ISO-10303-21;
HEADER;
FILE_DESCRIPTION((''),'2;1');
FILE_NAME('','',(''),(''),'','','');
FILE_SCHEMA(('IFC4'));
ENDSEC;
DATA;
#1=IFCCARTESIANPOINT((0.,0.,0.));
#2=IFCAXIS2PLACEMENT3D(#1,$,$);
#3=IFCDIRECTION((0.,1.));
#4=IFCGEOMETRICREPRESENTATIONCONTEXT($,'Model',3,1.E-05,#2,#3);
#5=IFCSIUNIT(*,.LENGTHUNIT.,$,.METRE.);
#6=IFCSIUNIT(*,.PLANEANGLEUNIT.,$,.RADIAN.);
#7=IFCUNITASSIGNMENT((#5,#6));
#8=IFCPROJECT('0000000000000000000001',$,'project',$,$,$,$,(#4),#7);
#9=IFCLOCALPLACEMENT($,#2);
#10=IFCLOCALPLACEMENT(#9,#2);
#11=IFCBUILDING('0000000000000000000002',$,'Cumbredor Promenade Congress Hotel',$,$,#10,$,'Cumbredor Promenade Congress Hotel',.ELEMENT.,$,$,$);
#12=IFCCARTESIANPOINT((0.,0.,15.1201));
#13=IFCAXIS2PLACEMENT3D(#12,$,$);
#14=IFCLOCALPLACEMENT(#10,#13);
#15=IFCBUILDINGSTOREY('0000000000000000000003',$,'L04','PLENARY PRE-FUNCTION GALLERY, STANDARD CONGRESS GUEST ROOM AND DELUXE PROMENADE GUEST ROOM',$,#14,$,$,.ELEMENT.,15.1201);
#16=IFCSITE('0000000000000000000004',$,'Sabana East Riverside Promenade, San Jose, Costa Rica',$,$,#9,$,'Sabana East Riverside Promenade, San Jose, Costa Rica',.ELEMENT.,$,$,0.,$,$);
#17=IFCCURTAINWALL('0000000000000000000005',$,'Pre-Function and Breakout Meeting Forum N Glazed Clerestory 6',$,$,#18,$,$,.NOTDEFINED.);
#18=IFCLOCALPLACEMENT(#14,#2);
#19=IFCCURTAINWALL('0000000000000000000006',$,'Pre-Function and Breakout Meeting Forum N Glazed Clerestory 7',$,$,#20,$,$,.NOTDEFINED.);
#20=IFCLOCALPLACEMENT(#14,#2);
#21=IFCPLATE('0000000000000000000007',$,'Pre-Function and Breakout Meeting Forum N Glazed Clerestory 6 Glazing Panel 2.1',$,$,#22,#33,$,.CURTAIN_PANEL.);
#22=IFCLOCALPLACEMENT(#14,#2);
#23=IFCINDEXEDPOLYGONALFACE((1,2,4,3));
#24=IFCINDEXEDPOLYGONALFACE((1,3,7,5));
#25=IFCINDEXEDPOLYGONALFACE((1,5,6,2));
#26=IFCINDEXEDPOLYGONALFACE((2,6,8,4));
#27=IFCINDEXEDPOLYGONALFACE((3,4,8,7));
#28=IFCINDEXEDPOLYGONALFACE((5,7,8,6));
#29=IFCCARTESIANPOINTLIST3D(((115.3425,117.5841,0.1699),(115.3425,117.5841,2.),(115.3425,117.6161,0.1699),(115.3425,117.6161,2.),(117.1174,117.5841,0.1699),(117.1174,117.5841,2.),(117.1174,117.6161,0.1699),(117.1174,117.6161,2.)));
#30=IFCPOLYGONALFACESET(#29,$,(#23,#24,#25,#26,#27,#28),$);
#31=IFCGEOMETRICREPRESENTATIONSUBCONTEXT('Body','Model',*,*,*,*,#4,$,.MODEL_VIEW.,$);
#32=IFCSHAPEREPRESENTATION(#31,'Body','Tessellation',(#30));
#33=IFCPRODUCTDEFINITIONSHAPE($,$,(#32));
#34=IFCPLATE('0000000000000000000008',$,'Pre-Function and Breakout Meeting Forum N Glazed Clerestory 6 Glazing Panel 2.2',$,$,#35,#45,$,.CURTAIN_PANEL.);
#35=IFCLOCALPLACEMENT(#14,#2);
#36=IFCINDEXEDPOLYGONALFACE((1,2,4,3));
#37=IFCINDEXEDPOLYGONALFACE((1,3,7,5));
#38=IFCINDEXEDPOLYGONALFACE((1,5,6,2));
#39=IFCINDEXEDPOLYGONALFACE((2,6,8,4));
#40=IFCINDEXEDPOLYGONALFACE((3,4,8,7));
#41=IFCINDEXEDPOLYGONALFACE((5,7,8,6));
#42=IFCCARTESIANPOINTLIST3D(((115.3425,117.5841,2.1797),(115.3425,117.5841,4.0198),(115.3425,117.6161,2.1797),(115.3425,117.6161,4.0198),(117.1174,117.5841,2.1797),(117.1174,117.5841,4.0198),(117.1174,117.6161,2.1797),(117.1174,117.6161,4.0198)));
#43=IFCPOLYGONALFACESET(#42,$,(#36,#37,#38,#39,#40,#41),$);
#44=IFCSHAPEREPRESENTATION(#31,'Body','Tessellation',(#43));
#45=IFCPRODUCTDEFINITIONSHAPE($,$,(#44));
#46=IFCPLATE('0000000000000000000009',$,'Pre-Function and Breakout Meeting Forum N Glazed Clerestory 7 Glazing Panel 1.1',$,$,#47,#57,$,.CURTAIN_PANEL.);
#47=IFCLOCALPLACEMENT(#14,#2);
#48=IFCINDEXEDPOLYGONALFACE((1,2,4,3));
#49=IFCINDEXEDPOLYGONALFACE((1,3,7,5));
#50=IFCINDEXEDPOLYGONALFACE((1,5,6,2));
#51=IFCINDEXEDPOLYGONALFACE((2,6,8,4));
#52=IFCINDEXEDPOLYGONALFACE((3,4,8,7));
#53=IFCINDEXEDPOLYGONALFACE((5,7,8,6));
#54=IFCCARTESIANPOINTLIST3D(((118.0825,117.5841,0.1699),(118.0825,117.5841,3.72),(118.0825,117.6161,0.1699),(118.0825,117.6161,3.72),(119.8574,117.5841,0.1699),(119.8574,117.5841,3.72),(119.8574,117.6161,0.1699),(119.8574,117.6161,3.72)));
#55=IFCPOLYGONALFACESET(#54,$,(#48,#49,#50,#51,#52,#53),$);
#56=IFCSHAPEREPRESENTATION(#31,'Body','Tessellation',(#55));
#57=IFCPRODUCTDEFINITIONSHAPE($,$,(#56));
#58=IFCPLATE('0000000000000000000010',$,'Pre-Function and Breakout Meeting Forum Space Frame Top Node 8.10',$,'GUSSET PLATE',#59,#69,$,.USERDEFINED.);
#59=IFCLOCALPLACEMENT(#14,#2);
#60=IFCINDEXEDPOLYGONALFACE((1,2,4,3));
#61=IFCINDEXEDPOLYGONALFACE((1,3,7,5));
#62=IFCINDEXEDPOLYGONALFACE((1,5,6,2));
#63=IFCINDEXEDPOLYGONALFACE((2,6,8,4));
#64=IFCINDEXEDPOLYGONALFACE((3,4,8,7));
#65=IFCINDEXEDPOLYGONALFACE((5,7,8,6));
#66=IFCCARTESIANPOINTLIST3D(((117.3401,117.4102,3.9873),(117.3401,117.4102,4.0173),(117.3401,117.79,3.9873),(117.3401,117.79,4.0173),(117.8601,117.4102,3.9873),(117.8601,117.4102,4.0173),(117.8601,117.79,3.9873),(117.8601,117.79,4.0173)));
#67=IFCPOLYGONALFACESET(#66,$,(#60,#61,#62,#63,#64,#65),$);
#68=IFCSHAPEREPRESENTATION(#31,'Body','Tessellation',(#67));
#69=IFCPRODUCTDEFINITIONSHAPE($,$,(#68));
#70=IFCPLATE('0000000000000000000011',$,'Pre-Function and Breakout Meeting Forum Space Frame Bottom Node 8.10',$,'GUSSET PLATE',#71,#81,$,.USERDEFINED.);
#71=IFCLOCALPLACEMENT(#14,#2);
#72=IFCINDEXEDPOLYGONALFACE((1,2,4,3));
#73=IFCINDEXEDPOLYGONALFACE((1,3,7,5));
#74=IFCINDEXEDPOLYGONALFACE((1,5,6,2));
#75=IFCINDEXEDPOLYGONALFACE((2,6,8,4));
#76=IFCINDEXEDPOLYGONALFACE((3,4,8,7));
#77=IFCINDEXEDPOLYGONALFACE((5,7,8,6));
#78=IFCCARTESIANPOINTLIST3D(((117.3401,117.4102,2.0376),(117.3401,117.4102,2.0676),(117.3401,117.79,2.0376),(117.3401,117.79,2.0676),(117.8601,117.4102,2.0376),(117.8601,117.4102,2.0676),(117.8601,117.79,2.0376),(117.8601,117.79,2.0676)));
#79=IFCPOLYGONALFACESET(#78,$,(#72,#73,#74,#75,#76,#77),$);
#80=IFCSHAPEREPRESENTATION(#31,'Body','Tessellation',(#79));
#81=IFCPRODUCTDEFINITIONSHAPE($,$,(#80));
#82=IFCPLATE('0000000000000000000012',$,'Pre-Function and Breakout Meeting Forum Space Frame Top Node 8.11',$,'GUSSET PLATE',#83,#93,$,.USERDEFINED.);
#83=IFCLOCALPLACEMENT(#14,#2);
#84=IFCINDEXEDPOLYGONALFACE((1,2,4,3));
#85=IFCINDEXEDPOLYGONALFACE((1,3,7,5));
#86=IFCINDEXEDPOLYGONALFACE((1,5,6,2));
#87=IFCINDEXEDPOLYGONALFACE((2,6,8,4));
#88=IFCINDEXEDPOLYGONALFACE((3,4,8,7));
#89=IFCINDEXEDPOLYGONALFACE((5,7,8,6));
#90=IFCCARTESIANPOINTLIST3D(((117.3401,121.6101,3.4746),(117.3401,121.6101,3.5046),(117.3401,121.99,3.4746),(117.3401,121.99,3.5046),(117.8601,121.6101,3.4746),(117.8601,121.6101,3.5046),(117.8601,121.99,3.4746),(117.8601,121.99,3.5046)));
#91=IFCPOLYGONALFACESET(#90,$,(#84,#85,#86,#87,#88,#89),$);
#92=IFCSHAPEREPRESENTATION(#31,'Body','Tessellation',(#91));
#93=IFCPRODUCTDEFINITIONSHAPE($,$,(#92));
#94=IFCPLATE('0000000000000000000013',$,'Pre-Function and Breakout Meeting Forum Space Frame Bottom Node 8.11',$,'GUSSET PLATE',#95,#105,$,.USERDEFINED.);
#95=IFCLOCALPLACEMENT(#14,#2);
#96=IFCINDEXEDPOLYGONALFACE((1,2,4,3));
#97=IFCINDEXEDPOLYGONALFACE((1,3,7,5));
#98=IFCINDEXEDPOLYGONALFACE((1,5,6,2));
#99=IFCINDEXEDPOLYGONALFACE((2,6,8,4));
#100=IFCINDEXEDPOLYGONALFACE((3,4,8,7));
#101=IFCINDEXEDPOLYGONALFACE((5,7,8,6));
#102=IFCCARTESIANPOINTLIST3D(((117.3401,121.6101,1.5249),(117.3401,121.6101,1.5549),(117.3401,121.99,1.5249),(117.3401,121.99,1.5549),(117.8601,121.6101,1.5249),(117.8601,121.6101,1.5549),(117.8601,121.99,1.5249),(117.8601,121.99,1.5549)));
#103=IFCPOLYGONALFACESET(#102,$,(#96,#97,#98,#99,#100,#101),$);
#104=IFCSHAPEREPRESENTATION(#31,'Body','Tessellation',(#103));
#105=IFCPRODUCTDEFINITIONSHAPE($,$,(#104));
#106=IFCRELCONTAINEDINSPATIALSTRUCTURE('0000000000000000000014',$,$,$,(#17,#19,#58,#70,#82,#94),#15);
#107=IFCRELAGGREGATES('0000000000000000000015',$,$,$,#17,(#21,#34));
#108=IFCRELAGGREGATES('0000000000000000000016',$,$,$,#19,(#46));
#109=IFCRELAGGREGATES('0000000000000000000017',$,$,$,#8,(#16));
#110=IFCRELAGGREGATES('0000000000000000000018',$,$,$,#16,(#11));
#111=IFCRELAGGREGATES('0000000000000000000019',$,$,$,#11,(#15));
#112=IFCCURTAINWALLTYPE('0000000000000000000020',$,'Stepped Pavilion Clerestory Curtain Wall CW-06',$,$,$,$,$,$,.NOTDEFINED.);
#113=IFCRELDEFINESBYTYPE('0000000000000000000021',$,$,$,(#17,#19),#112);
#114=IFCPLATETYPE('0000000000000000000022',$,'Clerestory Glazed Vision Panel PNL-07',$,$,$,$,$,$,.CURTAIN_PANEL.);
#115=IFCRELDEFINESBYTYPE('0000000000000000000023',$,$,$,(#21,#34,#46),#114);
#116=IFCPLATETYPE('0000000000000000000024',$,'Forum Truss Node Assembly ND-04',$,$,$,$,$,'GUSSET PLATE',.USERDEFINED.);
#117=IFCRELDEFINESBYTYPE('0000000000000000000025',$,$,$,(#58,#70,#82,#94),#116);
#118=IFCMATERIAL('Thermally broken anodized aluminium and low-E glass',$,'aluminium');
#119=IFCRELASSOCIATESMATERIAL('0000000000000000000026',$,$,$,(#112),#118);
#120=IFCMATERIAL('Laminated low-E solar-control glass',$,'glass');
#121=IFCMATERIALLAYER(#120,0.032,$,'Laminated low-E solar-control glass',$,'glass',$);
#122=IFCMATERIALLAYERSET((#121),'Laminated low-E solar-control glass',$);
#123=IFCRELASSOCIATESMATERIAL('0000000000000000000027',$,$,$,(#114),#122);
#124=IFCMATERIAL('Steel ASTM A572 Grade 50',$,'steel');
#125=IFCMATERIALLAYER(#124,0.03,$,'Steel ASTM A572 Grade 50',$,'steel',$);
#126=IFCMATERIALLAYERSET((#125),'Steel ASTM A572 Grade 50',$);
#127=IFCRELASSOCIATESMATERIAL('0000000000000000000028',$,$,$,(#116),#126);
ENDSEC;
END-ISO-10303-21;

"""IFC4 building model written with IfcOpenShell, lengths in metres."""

from ifc_helpers import new_model, si_unit, direction, frame, origin, origin_2d, place, context, subcontext, project, spatial, rectangle, extrude, material, layer, layer_set, type_object, element, aggregate, save


model = new_model("IFC4")

# Units and contexts
model_context = context("Model", 3, precision=1e-05, world=origin(), true_north=direction((0.0, 1.0)))
body_context = subcontext(model_context, "Body", "Model", "MODEL_VIEW")
ifc_project = project(units=[si_unit("LENGTHUNIT", "METRE"), si_unit("PLANEANGLEUNIT", "RADIAN")], contexts=[model_context])

# Site, building, storey
site_placement = place(None, origin())
site = spatial("IfcSite", under=ifc_project, at=site_placement, Name="Sabana East Riverside Promenade, San Jose, Costa Rica", LongName="Sabana East Riverside Promenade, San Jose, Costa Rica", CompositionType="ELEMENT", RefElevation=0.0)
building_placement = place(site_placement, origin())
building = spatial("IfcBuilding", under=site, at=building_placement, Name="Cumbredor Promenade Congress Hotel", LongName="Cumbredor Promenade Congress Hotel", CompositionType="ELEMENT")
storey_placement = place(building_placement, frame((0.0, 0.0, 15.1201)))
storey = spatial("IfcBuildingStorey", under=building, at=storey_placement, Name="L04", Description="PLENARY PRE-FUNCTION GALLERY, STANDARD CONGRESS GUEST ROOM AND DELUXE PROMENADE GUEST ROOM", CompositionType="ELEMENT", Elevation=15.1201)

# Curtain wall
ifc_material_1 = material(Name="Thermally broken anodized aluminium and low-E glass", Category="aluminium")
curtain_wall_type = type_object("IfcCurtainWallType", Name="Stepped Pavilion Clerestory Curtain Wall CW-06", PredefinedType="NOTDEFINED", material=ifc_material_1)
curtain_wall_1_placement = place(storey_placement, origin())
curtain_wall_1 = element("IfcCurtainWall", 1, at=curtain_wall_1_placement, inside=storey, type_object=curtain_wall_type, Name="Pre-Function and Breakout Meeting Forum N Glazed Clerestory 6", PredefinedType="NOTDEFINED")

# Curtain wall
curtain_wall_2_placement = place(storey_placement, origin())
curtain_wall_2 = element("IfcCurtainWall", 2, at=curtain_wall_2_placement, inside=storey, type_object=curtain_wall_type, Name="Pre-Function and Breakout Meeting Forum N Glazed Clerestory 7", PredefinedType="NOTDEFINED")

# Plates
ifc_material_2 = material(Name="Laminated low-E solar-control glass", Category="glass")
ifc_layer_1 = layer(ifc_material_2, 0.032, Name="Laminated low-E solar-control glass", Category="glass")
ifc_layer_set_1 = layer_set([ifc_layer_1], Name="Laminated low-E solar-control glass")
plate_type_1 = type_object("IfcPlateType", Name="Clerestory Glazed Vision Panel PNL-07", PredefinedType="CURTAIN_PANEL", material=ifc_layer_set_1)
plate_1_placement = place(storey_placement, frame((116.23, 117.6001, 0.1699), z_axis=(0.0, 0.0, 1.0), x_axis=(1.0, 0.0, 0.0)))
plate_1 = element("IfcPlate", 3, at=plate_1_placement, type_object=plate_type_1, Name="Pre-Function and Breakout Meeting Forum N Glazed Clerestory 6 Glazing Panel 2.1", PredefinedType="CURTAIN_PANEL", context=body_context, shape_type="SweptSolid", body=[
    extrude(rectangle(XDim=1.7749, YDim=0.032, at=origin_2d()), origin(), (0.0, 0.0, 1.0), 1.8301),
])
plate_2_placement = place(storey_placement, frame((116.23, 117.6001, 2.1797), z_axis=(0.0, 0.0, 1.0), x_axis=(1.0, 0.0, 0.0)))
plate_2 = element("IfcPlate", 4, at=plate_2_placement, type_object=plate_type_1, Name="Pre-Function and Breakout Meeting Forum N Glazed Clerestory 6 Glazing Panel 2.2", PredefinedType="CURTAIN_PANEL", context=body_context, shape_type="SweptSolid", body=[
    extrude(rectangle(XDim=1.7749, YDim=0.032, at=origin_2d()), origin(), (0.0, 0.0, 1.0), 1.8401),
])
aggregate(curtain_wall_1, [plate_1, plate_2])
plate_3_placement = place(storey_placement, frame((118.97, 117.6001, 0.1699), z_axis=(0.0, 0.0, 1.0), x_axis=(1.0, 0.0, 0.0)))
plate_3 = element("IfcPlate", 5, at=plate_3_placement, type_object=plate_type_1, Name="Pre-Function and Breakout Meeting Forum N Glazed Clerestory 7 Glazing Panel 1.1", PredefinedType="CURTAIN_PANEL", context=body_context, shape_type="SweptSolid", body=[
    extrude(rectangle(XDim=1.7749, YDim=0.032, at=origin_2d()), origin(), (0.0, 0.0, 1.0), 3.55),
])
aggregate(curtain_wall_2, [plate_3])

# Plates
ifc_material_3 = material(Name="Steel ASTM A572 Grade 50", Category="steel")
ifc_layer_2 = layer(ifc_material_3, 0.03, Name="Steel ASTM A572 Grade 50", Category="steel")
ifc_layer_set_2 = layer_set([ifc_layer_2], Name="Steel ASTM A572 Grade 50")
plate_type_2 = type_object("IfcPlateType", Name="Forum Truss Node Assembly ND-04", ElementType="GUSSET PLATE", PredefinedType="USERDEFINED", material=ifc_layer_set_2)
for number, where, z_axis, x_axis, name in (
    (6, (117.6001, 117.6001, 3.9873), (0.0, 0.0, 1.0), (1.0, 0.0, 0.0), "Pre-Function and Breakout Meeting Forum Space Frame Top Node 8.10"),
    (7, (117.6001, 117.6001, 2.0376), (0.0, 0.0, 1.0), (1.0, 0.0, 0.0), "Pre-Function and Breakout Meeting Forum Space Frame Bottom Node 8.10"),
    (8, (117.6001, 121.8, 3.4746), (0.0, 0.0, 1.0), (1.0, 0.0, 0.0), "Pre-Function and Breakout Meeting Forum Space Frame Top Node 8.11"),
    (9, (117.6001, 121.8, 1.5249), (0.0, 0.0, 1.0), (1.0, 0.0, 0.0), "Pre-Function and Breakout Meeting Forum Space Frame Bottom Node 8.11"),
):
    element("IfcPlate", number, at=place(storey_placement, frame(where, z_axis=z_axis, x_axis=x_axis)), inside=storey, type_object=plate_type_2, Name=name, ObjectType="GUSSET PLATE", PredefinedType="USERDEFINED", context=body_context, shape_type="SweptSolid", body=[
        extrude(rectangle(XDim=0.52, YDim=0.3799, at=origin_2d()), origin(), (0.0, 0.0, 1.0), 0.03),
    ])

save(model, "model.ifc")
